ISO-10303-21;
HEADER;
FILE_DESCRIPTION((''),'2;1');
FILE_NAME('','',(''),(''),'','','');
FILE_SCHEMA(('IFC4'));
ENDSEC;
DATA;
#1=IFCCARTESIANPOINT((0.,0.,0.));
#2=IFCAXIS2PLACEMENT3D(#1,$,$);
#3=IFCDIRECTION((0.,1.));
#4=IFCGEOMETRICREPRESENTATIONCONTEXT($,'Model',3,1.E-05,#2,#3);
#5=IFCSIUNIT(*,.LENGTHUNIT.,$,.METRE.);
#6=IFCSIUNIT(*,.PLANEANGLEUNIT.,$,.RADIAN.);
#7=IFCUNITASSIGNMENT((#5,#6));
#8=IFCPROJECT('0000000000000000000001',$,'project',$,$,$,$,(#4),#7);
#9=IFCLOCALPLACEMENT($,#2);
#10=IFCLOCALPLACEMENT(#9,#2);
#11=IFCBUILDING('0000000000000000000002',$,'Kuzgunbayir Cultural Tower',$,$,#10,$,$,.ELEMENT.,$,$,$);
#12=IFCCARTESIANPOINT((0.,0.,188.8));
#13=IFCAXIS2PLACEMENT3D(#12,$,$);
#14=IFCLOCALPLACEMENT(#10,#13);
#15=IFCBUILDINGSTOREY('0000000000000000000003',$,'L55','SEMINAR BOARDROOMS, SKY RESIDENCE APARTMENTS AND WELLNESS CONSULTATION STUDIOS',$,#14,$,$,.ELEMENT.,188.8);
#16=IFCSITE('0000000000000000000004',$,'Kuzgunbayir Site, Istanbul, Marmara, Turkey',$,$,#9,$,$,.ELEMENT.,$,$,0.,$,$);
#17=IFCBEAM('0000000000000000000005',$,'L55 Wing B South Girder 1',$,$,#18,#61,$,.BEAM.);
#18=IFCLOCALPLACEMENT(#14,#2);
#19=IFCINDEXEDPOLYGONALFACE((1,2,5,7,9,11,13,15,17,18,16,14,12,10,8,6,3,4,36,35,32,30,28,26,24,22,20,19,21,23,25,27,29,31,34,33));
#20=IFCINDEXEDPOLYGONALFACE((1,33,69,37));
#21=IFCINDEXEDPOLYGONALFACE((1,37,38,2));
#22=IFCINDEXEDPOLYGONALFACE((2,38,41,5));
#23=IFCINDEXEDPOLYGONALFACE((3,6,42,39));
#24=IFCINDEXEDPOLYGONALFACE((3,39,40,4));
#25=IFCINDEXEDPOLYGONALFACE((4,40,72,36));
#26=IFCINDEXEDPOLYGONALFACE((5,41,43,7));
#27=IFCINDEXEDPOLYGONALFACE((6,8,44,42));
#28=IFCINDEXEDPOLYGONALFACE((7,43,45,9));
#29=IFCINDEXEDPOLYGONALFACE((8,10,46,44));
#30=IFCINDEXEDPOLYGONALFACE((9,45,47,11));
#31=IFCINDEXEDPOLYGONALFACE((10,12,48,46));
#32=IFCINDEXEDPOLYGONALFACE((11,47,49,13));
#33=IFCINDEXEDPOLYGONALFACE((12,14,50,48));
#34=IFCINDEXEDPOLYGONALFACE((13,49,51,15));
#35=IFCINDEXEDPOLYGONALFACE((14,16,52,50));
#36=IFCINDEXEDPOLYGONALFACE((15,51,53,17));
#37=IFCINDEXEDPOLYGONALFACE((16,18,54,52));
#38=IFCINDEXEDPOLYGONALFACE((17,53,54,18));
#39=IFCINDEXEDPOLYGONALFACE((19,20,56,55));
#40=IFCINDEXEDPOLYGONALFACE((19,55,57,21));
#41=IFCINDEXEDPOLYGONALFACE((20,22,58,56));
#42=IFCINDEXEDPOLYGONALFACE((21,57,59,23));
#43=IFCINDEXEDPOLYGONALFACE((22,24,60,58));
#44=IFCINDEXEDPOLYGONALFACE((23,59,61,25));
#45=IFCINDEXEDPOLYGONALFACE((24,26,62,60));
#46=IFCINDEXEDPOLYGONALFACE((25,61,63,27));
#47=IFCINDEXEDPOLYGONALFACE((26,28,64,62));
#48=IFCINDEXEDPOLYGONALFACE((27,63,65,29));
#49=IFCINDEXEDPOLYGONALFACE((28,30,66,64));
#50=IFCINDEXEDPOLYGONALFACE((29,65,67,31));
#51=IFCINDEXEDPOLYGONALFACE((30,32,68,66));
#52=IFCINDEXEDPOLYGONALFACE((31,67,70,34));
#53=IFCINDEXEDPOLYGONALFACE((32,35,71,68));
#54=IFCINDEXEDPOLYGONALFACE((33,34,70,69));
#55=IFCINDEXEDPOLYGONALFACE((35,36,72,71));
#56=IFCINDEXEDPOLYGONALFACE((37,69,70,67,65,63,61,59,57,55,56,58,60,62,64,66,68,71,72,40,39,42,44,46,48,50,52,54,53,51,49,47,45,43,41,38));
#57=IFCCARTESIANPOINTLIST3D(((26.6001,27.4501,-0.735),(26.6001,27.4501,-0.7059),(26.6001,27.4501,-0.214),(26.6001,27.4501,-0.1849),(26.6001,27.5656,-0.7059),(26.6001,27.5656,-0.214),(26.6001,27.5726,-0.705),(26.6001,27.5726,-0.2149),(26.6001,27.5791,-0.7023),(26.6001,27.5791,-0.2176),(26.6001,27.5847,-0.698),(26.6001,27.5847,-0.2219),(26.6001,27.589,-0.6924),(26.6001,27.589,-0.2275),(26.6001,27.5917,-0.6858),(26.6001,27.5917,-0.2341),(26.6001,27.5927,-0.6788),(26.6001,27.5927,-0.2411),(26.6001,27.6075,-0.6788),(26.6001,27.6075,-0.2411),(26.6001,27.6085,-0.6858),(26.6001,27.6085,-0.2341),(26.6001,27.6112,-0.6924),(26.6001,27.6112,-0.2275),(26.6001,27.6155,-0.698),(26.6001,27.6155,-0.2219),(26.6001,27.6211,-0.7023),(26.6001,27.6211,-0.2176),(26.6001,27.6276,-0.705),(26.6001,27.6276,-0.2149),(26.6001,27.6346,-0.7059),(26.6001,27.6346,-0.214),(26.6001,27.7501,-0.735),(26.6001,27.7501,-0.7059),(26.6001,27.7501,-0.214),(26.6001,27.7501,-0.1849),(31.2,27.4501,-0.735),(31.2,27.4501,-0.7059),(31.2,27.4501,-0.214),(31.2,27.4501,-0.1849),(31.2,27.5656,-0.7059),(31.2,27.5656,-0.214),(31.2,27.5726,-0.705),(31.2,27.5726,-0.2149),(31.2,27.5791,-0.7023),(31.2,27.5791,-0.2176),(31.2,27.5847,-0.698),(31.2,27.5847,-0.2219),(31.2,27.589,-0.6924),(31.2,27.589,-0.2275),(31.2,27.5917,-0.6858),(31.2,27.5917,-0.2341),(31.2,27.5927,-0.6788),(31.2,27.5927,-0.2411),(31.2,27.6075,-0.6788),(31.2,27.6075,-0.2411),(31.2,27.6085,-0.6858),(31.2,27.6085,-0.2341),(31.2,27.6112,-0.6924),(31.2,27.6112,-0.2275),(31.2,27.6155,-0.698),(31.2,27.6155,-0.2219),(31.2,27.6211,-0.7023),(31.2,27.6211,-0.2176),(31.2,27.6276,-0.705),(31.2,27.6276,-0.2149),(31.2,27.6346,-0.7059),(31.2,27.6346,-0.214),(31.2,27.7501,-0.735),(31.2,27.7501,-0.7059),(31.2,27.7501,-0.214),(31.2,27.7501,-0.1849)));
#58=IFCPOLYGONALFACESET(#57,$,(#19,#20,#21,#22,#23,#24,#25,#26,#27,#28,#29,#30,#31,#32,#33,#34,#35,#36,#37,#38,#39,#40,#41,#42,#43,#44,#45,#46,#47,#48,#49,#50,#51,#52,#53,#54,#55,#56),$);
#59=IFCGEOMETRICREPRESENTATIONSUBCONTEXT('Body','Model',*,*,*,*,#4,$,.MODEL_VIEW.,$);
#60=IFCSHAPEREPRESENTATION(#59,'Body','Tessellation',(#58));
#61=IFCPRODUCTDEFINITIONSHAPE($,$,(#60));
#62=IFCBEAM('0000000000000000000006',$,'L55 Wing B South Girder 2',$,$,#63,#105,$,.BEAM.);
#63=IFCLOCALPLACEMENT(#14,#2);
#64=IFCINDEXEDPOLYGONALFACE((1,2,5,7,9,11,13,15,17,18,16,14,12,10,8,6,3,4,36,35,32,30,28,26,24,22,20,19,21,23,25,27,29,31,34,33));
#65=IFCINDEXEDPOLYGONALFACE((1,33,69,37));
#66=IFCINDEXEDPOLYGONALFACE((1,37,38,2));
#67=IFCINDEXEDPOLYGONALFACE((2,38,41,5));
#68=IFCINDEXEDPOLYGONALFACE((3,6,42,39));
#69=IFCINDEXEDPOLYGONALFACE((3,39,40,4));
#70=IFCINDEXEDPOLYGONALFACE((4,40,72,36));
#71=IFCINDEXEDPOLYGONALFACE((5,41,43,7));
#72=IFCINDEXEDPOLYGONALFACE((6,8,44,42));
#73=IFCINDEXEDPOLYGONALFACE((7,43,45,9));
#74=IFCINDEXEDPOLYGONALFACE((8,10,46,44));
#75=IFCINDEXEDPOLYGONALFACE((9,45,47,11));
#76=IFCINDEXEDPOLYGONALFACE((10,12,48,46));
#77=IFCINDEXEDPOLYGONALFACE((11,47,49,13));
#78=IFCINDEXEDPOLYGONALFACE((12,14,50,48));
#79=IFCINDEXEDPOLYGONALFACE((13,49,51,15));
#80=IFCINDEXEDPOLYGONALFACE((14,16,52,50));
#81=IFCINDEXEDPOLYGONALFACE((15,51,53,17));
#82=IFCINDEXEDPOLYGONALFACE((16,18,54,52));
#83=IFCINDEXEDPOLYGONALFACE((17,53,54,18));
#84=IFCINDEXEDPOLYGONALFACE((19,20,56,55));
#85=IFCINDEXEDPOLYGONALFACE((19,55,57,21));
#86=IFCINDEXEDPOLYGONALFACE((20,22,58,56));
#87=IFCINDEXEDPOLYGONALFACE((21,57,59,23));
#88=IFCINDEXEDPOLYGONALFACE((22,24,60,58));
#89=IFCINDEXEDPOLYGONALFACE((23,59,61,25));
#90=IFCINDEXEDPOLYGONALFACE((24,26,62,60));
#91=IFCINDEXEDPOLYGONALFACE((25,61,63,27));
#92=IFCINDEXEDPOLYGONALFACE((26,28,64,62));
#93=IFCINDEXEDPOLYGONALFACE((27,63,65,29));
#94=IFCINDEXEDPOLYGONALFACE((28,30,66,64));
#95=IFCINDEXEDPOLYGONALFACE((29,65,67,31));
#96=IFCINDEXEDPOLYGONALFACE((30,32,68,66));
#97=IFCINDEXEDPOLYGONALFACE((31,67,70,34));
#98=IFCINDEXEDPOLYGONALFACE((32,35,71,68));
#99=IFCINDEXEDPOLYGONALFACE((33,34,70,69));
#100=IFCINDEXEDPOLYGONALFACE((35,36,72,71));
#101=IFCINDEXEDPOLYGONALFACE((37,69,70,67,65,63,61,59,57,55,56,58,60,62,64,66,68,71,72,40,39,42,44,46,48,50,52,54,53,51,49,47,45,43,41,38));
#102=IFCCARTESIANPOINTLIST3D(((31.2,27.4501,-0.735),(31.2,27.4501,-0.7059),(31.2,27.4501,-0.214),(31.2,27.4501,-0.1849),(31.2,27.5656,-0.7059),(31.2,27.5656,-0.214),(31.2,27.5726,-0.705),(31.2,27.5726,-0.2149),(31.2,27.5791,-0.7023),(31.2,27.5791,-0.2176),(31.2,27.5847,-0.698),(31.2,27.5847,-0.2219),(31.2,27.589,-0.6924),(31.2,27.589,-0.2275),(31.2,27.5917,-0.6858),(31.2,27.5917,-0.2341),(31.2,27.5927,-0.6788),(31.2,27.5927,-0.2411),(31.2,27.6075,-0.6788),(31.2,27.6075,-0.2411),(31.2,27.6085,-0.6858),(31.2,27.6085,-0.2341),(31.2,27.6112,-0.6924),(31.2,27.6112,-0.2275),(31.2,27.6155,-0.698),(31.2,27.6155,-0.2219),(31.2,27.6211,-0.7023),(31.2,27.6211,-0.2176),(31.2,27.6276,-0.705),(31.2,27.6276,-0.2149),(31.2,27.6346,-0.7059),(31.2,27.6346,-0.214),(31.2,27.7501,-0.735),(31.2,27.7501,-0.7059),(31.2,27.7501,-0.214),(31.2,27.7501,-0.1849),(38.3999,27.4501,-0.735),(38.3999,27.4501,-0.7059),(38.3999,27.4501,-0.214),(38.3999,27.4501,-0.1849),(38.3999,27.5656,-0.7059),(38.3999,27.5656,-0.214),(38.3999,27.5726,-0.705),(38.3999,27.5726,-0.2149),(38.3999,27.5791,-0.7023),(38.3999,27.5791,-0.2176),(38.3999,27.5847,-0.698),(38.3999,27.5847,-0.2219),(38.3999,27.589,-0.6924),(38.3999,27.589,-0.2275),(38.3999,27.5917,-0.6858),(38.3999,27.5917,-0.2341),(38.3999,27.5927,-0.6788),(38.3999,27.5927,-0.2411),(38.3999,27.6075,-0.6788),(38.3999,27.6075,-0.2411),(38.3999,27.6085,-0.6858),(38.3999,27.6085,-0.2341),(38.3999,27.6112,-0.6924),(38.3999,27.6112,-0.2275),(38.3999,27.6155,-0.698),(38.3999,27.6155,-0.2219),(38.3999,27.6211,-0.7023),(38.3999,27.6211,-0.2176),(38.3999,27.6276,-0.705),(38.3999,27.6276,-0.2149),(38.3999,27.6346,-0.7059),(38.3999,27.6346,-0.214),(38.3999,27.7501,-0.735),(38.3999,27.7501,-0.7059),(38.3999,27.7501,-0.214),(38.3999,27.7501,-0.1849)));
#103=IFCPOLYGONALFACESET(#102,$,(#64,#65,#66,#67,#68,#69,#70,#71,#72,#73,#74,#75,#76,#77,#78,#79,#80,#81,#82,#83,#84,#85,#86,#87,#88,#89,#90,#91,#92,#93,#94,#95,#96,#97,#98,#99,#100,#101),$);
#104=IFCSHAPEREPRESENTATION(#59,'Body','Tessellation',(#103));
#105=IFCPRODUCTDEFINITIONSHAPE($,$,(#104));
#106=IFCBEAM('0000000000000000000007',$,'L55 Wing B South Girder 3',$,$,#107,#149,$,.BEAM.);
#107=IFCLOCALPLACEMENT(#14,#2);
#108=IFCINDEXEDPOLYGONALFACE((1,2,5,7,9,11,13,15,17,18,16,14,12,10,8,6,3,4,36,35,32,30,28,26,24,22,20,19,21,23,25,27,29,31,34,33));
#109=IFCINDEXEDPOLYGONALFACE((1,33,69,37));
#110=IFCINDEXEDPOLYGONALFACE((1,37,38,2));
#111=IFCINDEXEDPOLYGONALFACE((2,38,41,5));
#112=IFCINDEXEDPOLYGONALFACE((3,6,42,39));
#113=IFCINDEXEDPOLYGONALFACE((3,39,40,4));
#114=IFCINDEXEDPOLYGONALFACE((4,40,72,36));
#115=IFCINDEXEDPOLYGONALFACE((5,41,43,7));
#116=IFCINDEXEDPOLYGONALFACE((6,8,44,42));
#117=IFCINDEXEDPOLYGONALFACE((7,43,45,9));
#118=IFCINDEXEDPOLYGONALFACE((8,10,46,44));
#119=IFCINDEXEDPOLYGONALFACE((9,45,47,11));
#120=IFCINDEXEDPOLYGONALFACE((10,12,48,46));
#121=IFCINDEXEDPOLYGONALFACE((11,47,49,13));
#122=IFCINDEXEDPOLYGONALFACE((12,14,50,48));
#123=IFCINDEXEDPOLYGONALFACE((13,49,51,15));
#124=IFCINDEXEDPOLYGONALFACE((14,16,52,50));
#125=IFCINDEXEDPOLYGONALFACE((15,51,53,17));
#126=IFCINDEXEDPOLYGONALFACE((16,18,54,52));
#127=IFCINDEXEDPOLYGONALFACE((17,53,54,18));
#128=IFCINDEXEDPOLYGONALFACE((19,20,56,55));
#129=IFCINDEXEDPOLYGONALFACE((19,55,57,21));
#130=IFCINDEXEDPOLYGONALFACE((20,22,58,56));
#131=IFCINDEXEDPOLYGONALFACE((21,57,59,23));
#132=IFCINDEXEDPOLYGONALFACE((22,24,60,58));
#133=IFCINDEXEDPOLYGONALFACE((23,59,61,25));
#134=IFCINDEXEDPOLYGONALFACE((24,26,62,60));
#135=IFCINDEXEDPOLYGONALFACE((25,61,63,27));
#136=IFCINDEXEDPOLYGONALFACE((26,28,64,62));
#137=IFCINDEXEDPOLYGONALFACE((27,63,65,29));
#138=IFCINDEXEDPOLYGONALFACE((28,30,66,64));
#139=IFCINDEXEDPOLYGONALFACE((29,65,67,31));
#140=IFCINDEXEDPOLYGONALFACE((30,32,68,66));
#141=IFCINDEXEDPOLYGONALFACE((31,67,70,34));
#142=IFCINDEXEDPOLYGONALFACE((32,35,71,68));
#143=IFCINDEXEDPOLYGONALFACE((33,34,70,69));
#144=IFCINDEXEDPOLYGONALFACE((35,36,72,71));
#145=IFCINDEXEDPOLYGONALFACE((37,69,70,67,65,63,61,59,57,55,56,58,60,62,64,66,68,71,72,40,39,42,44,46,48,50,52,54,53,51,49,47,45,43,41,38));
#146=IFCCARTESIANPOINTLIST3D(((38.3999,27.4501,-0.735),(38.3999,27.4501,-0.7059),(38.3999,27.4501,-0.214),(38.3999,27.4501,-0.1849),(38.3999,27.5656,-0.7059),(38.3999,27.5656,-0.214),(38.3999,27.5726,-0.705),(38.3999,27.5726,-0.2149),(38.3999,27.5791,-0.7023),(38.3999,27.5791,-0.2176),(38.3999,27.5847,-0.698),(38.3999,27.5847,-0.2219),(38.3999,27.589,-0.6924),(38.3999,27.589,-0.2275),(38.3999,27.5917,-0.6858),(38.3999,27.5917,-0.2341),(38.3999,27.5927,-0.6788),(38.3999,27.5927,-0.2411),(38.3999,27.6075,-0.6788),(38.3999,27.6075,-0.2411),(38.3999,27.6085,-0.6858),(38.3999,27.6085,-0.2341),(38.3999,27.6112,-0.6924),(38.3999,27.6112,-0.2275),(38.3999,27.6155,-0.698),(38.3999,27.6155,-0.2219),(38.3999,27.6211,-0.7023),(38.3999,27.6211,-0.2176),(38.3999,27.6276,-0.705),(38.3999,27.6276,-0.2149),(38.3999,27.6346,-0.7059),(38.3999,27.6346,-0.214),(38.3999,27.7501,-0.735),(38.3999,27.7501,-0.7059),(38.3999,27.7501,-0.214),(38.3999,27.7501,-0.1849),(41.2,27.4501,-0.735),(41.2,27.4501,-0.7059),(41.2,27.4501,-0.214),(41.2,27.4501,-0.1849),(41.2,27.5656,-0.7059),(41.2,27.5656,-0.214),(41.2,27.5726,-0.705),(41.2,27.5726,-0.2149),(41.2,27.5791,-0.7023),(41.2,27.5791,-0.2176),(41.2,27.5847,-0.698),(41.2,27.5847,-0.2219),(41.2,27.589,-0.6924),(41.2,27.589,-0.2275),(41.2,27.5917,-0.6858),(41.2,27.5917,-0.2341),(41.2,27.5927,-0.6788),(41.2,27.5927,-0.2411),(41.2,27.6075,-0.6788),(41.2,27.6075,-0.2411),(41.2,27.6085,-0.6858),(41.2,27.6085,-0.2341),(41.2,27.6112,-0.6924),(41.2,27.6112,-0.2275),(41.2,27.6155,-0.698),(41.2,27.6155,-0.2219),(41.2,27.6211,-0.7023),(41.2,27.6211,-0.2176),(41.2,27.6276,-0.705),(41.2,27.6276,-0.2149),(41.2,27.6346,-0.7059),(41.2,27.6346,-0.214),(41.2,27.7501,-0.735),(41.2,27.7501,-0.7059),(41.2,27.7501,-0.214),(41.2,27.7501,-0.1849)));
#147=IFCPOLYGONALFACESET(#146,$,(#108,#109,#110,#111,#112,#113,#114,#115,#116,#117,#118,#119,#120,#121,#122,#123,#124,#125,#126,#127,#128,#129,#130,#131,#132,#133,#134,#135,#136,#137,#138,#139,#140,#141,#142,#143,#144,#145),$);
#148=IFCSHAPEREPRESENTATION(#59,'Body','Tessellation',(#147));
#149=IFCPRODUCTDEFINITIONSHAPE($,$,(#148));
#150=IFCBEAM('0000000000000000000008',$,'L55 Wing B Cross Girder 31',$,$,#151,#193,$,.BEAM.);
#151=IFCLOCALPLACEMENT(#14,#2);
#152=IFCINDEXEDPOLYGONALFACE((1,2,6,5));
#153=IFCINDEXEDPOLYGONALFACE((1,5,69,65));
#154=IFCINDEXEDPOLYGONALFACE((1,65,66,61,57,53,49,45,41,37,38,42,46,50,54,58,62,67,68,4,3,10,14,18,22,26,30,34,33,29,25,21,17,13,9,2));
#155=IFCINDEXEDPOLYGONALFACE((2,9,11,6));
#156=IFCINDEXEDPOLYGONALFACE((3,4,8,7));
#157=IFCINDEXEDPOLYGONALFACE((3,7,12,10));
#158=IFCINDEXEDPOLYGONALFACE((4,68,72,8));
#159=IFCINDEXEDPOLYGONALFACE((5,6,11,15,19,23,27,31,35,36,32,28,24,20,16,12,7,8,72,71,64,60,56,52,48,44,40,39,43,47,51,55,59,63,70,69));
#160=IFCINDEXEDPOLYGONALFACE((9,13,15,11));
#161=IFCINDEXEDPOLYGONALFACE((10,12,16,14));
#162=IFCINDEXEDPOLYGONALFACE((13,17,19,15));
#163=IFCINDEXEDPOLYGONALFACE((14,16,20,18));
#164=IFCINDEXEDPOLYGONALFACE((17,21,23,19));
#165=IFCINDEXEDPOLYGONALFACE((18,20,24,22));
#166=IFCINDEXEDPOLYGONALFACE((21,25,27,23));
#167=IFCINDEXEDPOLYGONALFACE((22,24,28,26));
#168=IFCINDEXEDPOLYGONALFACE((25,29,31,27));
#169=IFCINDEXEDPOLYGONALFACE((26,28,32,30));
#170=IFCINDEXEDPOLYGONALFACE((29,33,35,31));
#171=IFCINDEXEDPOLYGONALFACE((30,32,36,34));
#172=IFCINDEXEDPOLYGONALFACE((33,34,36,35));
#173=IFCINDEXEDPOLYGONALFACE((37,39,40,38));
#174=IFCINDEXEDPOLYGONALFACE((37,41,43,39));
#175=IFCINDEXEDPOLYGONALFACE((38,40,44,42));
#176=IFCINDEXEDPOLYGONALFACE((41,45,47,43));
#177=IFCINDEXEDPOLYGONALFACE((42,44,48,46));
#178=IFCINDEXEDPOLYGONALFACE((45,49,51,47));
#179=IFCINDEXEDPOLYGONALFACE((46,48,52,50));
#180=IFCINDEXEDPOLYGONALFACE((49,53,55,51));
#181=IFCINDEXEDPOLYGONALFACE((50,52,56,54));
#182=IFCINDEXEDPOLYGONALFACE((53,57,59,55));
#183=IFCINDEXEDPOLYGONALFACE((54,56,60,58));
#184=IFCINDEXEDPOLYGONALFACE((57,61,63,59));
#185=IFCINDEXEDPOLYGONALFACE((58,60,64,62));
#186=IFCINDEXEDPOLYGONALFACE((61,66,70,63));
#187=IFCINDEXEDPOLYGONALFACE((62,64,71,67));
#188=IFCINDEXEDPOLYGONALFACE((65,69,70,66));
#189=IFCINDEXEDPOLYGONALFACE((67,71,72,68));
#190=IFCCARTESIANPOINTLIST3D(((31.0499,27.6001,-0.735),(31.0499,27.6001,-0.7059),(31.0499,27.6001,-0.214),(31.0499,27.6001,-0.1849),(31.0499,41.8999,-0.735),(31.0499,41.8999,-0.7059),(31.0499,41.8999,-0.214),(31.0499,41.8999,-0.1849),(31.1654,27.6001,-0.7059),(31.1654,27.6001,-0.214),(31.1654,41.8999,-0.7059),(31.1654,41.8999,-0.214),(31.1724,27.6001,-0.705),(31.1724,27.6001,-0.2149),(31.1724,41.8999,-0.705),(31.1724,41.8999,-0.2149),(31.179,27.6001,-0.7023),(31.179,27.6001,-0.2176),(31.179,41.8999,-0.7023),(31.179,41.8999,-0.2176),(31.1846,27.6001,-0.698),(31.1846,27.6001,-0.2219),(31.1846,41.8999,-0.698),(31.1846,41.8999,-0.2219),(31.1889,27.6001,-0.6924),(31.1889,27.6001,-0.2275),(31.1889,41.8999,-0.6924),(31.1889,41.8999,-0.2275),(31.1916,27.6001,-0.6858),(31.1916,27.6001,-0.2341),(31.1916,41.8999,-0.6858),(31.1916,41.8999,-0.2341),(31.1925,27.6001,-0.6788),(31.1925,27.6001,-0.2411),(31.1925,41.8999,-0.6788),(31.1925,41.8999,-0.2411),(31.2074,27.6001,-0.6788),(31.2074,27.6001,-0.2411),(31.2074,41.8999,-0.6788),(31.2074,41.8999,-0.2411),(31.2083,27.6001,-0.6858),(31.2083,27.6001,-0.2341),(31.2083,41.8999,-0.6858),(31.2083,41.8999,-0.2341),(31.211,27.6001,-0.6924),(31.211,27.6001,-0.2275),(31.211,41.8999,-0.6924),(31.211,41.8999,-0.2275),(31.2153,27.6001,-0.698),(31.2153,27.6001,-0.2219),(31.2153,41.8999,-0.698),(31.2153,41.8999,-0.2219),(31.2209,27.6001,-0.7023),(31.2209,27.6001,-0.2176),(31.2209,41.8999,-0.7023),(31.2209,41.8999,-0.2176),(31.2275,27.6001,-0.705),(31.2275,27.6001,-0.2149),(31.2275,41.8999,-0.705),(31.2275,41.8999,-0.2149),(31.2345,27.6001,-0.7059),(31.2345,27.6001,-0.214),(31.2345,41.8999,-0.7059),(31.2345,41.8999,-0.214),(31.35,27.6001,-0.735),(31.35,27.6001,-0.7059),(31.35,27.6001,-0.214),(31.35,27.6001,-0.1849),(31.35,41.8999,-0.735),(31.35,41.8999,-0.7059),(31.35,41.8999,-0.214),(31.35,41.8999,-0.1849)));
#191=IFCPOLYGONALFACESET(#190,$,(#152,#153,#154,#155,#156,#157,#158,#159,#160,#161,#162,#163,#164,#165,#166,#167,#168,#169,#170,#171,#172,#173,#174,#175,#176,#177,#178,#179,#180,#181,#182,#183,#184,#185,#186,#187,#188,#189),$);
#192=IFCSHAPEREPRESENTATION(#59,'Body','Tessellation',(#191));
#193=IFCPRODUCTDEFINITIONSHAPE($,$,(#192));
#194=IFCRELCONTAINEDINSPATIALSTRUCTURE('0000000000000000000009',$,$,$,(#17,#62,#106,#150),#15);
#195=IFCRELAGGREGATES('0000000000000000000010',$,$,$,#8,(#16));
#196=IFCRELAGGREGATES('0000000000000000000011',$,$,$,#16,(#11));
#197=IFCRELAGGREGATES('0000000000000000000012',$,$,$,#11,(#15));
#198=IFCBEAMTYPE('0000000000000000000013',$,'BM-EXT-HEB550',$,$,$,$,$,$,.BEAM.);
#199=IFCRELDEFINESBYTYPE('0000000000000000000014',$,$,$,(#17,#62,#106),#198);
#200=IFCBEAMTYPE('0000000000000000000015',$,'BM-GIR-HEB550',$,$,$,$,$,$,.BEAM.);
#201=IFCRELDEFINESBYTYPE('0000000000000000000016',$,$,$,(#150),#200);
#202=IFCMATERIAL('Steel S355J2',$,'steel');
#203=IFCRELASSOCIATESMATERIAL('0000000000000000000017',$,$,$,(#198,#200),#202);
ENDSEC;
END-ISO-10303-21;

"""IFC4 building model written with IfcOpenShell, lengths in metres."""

from ifc_helpers import new_model, si_unit, direction, frame, origin, origin_2d, place, context, subcontext, project, spatial, i_section, extrude, material, material_profile, profile_set, type_object, element, save


model = new_model("IFC4")

# Units and contexts
model_context = context("Model", 3, precision=1e-05, world=origin(), true_north=direction((0.0, 1.0)))
body_context = subcontext(model_context, "Body", "Model", "MODEL_VIEW")
ifc_project = project(units=[si_unit("LENGTHUNIT", "METRE"), si_unit("PLANEANGLEUNIT", "RADIAN")], contexts=[model_context])

# Site, building, storey
site_placement = place(None, origin())
site = spatial("IfcSite", under=ifc_project, at=site_placement, Name="Kuzgunbayir Site, Istanbul, Marmara, Turkey", CompositionType="ELEMENT", RefElevation=0.0)
building_placement = place(site_placement, origin())
building = spatial("IfcBuilding", under=site, at=building_placement, Name="Kuzgunbayir Cultural Tower", CompositionType="ELEMENT")
storey_placement = place(building_placement, frame((0.0, 0.0, 188.8)))
storey = spatial("IfcBuildingStorey", under=building, at=storey_placement, Name="L55", Description="SEMINAR BOARDROOMS, SKY RESIDENCE APARTMENTS AND WELLNESS CONSULTATION STUDIOS", CompositionType="ELEMENT", Elevation=188.8)

# Beams
ifc_material_1 = material(Name="Steel S355J2", Category="steel")
ifc_material_profile_1 = material_profile(ifc_material_1, i_section(OverallWidth=0.3, OverallDepth=0.55, WebThickness=0.0149, FlangeThickness=0.0291, FilletRadius=0.0271, at=origin_2d()), Name="HEB 550")
ifc_profile_set_1 = profile_set([ifc_material_profile_1], Name="Steel S355J2")
beam_type_1 = type_object("IfcBeamType", Name="BM-EXT-HEB550", PredefinedType="BEAM", material=ifc_profile_set_1)
beam_1_placement = place(storey_placement, frame((26.6001, 27.6001, -0.46), z_axis=(1.0, 0.0, 0.0), x_axis=(0.0, 1.0, 0.0)))
element("IfcBeam", 1, at=beam_1_placement, inside=storey, type_object=beam_type_1, Name="L55 Wing B South Girder 1", PredefinedType="BEAM", context=body_context, shape_type="SweptSolid", body=[
    extrude(i_section(OverallWidth=0.3, OverallDepth=0.55, WebThickness=0.0149, FlangeThickness=0.0291, FilletRadius=0.0271, at=origin_2d()), origin(), (0.0, 0.0, 1.0), 4.5999),
])
beam_2_placement = place(storey_placement, frame((31.2, 27.6001, -0.46), z_axis=(1.0, 0.0, 0.0), x_axis=(0.0, 1.0, 0.0)))
element("IfcBeam", 2, at=beam_2_placement, inside=storey, type_object=beam_type_1, Name="L55 Wing B South Girder 2", PredefinedType="BEAM", context=body_context, shape_type="SweptSolid", body=[
    extrude(i_section(OverallWidth=0.3, OverallDepth=0.55, WebThickness=0.0149, FlangeThickness=0.0291, FilletRadius=0.0271, at=origin_2d()), origin(), (0.0, 0.0, 1.0), 7.2),
])
beam_3_placement = place(storey_placement, frame((38.3999, 27.6001, -0.46), z_axis=(1.0, 0.0, 0.0), x_axis=(0.0, 1.0, 0.0)))
element("IfcBeam", 3, at=beam_3_placement, inside=storey, type_object=beam_type_1, Name="L55 Wing B South Girder 3", PredefinedType="BEAM", context=body_context, shape_type="SweptSolid", body=[
    extrude(i_section(OverallWidth=0.3, OverallDepth=0.55, WebThickness=0.0149, FlangeThickness=0.0291, FilletRadius=0.0271, at=origin_2d()), origin(), (0.0, 0.0, 1.0), 2.8),
])
ifc_material_profile_2 = material_profile(ifc_material_1, i_section(OverallWidth=0.3, OverallDepth=0.55, WebThickness=0.0149, FlangeThickness=0.0291, FilletRadius=0.0271, at=origin_2d()), Name="HEB 550")
ifc_profile_set_2 = profile_set([ifc_material_profile_2], Name="Steel S355J2")
beam_type_2 = type_object("IfcBeamType", Name="BM-GIR-HEB550", PredefinedType="BEAM", material=ifc_profile_set_2)
beam_4_placement = place(storey_placement, frame((31.2, 27.6001, -0.46), z_axis=(0.0, 1.0, 0.0), x_axis=(-1.0, 0.0, 0.0)))
element("IfcBeam", 4, at=beam_4_placement, inside=storey, type_object=beam_type_2, Name="L55 Wing B Cross Girder 31", PredefinedType="BEAM", context=body_context, shape_type="SweptSolid", body=[
    extrude(i_section(OverallWidth=0.3, OverallDepth=0.55, WebThickness=0.0149, FlangeThickness=0.0291, FilletRadius=0.0271, at=origin_2d()), origin(), (0.0, 0.0, 1.0), 14.2998),
])

save(model, "model.ifc")
